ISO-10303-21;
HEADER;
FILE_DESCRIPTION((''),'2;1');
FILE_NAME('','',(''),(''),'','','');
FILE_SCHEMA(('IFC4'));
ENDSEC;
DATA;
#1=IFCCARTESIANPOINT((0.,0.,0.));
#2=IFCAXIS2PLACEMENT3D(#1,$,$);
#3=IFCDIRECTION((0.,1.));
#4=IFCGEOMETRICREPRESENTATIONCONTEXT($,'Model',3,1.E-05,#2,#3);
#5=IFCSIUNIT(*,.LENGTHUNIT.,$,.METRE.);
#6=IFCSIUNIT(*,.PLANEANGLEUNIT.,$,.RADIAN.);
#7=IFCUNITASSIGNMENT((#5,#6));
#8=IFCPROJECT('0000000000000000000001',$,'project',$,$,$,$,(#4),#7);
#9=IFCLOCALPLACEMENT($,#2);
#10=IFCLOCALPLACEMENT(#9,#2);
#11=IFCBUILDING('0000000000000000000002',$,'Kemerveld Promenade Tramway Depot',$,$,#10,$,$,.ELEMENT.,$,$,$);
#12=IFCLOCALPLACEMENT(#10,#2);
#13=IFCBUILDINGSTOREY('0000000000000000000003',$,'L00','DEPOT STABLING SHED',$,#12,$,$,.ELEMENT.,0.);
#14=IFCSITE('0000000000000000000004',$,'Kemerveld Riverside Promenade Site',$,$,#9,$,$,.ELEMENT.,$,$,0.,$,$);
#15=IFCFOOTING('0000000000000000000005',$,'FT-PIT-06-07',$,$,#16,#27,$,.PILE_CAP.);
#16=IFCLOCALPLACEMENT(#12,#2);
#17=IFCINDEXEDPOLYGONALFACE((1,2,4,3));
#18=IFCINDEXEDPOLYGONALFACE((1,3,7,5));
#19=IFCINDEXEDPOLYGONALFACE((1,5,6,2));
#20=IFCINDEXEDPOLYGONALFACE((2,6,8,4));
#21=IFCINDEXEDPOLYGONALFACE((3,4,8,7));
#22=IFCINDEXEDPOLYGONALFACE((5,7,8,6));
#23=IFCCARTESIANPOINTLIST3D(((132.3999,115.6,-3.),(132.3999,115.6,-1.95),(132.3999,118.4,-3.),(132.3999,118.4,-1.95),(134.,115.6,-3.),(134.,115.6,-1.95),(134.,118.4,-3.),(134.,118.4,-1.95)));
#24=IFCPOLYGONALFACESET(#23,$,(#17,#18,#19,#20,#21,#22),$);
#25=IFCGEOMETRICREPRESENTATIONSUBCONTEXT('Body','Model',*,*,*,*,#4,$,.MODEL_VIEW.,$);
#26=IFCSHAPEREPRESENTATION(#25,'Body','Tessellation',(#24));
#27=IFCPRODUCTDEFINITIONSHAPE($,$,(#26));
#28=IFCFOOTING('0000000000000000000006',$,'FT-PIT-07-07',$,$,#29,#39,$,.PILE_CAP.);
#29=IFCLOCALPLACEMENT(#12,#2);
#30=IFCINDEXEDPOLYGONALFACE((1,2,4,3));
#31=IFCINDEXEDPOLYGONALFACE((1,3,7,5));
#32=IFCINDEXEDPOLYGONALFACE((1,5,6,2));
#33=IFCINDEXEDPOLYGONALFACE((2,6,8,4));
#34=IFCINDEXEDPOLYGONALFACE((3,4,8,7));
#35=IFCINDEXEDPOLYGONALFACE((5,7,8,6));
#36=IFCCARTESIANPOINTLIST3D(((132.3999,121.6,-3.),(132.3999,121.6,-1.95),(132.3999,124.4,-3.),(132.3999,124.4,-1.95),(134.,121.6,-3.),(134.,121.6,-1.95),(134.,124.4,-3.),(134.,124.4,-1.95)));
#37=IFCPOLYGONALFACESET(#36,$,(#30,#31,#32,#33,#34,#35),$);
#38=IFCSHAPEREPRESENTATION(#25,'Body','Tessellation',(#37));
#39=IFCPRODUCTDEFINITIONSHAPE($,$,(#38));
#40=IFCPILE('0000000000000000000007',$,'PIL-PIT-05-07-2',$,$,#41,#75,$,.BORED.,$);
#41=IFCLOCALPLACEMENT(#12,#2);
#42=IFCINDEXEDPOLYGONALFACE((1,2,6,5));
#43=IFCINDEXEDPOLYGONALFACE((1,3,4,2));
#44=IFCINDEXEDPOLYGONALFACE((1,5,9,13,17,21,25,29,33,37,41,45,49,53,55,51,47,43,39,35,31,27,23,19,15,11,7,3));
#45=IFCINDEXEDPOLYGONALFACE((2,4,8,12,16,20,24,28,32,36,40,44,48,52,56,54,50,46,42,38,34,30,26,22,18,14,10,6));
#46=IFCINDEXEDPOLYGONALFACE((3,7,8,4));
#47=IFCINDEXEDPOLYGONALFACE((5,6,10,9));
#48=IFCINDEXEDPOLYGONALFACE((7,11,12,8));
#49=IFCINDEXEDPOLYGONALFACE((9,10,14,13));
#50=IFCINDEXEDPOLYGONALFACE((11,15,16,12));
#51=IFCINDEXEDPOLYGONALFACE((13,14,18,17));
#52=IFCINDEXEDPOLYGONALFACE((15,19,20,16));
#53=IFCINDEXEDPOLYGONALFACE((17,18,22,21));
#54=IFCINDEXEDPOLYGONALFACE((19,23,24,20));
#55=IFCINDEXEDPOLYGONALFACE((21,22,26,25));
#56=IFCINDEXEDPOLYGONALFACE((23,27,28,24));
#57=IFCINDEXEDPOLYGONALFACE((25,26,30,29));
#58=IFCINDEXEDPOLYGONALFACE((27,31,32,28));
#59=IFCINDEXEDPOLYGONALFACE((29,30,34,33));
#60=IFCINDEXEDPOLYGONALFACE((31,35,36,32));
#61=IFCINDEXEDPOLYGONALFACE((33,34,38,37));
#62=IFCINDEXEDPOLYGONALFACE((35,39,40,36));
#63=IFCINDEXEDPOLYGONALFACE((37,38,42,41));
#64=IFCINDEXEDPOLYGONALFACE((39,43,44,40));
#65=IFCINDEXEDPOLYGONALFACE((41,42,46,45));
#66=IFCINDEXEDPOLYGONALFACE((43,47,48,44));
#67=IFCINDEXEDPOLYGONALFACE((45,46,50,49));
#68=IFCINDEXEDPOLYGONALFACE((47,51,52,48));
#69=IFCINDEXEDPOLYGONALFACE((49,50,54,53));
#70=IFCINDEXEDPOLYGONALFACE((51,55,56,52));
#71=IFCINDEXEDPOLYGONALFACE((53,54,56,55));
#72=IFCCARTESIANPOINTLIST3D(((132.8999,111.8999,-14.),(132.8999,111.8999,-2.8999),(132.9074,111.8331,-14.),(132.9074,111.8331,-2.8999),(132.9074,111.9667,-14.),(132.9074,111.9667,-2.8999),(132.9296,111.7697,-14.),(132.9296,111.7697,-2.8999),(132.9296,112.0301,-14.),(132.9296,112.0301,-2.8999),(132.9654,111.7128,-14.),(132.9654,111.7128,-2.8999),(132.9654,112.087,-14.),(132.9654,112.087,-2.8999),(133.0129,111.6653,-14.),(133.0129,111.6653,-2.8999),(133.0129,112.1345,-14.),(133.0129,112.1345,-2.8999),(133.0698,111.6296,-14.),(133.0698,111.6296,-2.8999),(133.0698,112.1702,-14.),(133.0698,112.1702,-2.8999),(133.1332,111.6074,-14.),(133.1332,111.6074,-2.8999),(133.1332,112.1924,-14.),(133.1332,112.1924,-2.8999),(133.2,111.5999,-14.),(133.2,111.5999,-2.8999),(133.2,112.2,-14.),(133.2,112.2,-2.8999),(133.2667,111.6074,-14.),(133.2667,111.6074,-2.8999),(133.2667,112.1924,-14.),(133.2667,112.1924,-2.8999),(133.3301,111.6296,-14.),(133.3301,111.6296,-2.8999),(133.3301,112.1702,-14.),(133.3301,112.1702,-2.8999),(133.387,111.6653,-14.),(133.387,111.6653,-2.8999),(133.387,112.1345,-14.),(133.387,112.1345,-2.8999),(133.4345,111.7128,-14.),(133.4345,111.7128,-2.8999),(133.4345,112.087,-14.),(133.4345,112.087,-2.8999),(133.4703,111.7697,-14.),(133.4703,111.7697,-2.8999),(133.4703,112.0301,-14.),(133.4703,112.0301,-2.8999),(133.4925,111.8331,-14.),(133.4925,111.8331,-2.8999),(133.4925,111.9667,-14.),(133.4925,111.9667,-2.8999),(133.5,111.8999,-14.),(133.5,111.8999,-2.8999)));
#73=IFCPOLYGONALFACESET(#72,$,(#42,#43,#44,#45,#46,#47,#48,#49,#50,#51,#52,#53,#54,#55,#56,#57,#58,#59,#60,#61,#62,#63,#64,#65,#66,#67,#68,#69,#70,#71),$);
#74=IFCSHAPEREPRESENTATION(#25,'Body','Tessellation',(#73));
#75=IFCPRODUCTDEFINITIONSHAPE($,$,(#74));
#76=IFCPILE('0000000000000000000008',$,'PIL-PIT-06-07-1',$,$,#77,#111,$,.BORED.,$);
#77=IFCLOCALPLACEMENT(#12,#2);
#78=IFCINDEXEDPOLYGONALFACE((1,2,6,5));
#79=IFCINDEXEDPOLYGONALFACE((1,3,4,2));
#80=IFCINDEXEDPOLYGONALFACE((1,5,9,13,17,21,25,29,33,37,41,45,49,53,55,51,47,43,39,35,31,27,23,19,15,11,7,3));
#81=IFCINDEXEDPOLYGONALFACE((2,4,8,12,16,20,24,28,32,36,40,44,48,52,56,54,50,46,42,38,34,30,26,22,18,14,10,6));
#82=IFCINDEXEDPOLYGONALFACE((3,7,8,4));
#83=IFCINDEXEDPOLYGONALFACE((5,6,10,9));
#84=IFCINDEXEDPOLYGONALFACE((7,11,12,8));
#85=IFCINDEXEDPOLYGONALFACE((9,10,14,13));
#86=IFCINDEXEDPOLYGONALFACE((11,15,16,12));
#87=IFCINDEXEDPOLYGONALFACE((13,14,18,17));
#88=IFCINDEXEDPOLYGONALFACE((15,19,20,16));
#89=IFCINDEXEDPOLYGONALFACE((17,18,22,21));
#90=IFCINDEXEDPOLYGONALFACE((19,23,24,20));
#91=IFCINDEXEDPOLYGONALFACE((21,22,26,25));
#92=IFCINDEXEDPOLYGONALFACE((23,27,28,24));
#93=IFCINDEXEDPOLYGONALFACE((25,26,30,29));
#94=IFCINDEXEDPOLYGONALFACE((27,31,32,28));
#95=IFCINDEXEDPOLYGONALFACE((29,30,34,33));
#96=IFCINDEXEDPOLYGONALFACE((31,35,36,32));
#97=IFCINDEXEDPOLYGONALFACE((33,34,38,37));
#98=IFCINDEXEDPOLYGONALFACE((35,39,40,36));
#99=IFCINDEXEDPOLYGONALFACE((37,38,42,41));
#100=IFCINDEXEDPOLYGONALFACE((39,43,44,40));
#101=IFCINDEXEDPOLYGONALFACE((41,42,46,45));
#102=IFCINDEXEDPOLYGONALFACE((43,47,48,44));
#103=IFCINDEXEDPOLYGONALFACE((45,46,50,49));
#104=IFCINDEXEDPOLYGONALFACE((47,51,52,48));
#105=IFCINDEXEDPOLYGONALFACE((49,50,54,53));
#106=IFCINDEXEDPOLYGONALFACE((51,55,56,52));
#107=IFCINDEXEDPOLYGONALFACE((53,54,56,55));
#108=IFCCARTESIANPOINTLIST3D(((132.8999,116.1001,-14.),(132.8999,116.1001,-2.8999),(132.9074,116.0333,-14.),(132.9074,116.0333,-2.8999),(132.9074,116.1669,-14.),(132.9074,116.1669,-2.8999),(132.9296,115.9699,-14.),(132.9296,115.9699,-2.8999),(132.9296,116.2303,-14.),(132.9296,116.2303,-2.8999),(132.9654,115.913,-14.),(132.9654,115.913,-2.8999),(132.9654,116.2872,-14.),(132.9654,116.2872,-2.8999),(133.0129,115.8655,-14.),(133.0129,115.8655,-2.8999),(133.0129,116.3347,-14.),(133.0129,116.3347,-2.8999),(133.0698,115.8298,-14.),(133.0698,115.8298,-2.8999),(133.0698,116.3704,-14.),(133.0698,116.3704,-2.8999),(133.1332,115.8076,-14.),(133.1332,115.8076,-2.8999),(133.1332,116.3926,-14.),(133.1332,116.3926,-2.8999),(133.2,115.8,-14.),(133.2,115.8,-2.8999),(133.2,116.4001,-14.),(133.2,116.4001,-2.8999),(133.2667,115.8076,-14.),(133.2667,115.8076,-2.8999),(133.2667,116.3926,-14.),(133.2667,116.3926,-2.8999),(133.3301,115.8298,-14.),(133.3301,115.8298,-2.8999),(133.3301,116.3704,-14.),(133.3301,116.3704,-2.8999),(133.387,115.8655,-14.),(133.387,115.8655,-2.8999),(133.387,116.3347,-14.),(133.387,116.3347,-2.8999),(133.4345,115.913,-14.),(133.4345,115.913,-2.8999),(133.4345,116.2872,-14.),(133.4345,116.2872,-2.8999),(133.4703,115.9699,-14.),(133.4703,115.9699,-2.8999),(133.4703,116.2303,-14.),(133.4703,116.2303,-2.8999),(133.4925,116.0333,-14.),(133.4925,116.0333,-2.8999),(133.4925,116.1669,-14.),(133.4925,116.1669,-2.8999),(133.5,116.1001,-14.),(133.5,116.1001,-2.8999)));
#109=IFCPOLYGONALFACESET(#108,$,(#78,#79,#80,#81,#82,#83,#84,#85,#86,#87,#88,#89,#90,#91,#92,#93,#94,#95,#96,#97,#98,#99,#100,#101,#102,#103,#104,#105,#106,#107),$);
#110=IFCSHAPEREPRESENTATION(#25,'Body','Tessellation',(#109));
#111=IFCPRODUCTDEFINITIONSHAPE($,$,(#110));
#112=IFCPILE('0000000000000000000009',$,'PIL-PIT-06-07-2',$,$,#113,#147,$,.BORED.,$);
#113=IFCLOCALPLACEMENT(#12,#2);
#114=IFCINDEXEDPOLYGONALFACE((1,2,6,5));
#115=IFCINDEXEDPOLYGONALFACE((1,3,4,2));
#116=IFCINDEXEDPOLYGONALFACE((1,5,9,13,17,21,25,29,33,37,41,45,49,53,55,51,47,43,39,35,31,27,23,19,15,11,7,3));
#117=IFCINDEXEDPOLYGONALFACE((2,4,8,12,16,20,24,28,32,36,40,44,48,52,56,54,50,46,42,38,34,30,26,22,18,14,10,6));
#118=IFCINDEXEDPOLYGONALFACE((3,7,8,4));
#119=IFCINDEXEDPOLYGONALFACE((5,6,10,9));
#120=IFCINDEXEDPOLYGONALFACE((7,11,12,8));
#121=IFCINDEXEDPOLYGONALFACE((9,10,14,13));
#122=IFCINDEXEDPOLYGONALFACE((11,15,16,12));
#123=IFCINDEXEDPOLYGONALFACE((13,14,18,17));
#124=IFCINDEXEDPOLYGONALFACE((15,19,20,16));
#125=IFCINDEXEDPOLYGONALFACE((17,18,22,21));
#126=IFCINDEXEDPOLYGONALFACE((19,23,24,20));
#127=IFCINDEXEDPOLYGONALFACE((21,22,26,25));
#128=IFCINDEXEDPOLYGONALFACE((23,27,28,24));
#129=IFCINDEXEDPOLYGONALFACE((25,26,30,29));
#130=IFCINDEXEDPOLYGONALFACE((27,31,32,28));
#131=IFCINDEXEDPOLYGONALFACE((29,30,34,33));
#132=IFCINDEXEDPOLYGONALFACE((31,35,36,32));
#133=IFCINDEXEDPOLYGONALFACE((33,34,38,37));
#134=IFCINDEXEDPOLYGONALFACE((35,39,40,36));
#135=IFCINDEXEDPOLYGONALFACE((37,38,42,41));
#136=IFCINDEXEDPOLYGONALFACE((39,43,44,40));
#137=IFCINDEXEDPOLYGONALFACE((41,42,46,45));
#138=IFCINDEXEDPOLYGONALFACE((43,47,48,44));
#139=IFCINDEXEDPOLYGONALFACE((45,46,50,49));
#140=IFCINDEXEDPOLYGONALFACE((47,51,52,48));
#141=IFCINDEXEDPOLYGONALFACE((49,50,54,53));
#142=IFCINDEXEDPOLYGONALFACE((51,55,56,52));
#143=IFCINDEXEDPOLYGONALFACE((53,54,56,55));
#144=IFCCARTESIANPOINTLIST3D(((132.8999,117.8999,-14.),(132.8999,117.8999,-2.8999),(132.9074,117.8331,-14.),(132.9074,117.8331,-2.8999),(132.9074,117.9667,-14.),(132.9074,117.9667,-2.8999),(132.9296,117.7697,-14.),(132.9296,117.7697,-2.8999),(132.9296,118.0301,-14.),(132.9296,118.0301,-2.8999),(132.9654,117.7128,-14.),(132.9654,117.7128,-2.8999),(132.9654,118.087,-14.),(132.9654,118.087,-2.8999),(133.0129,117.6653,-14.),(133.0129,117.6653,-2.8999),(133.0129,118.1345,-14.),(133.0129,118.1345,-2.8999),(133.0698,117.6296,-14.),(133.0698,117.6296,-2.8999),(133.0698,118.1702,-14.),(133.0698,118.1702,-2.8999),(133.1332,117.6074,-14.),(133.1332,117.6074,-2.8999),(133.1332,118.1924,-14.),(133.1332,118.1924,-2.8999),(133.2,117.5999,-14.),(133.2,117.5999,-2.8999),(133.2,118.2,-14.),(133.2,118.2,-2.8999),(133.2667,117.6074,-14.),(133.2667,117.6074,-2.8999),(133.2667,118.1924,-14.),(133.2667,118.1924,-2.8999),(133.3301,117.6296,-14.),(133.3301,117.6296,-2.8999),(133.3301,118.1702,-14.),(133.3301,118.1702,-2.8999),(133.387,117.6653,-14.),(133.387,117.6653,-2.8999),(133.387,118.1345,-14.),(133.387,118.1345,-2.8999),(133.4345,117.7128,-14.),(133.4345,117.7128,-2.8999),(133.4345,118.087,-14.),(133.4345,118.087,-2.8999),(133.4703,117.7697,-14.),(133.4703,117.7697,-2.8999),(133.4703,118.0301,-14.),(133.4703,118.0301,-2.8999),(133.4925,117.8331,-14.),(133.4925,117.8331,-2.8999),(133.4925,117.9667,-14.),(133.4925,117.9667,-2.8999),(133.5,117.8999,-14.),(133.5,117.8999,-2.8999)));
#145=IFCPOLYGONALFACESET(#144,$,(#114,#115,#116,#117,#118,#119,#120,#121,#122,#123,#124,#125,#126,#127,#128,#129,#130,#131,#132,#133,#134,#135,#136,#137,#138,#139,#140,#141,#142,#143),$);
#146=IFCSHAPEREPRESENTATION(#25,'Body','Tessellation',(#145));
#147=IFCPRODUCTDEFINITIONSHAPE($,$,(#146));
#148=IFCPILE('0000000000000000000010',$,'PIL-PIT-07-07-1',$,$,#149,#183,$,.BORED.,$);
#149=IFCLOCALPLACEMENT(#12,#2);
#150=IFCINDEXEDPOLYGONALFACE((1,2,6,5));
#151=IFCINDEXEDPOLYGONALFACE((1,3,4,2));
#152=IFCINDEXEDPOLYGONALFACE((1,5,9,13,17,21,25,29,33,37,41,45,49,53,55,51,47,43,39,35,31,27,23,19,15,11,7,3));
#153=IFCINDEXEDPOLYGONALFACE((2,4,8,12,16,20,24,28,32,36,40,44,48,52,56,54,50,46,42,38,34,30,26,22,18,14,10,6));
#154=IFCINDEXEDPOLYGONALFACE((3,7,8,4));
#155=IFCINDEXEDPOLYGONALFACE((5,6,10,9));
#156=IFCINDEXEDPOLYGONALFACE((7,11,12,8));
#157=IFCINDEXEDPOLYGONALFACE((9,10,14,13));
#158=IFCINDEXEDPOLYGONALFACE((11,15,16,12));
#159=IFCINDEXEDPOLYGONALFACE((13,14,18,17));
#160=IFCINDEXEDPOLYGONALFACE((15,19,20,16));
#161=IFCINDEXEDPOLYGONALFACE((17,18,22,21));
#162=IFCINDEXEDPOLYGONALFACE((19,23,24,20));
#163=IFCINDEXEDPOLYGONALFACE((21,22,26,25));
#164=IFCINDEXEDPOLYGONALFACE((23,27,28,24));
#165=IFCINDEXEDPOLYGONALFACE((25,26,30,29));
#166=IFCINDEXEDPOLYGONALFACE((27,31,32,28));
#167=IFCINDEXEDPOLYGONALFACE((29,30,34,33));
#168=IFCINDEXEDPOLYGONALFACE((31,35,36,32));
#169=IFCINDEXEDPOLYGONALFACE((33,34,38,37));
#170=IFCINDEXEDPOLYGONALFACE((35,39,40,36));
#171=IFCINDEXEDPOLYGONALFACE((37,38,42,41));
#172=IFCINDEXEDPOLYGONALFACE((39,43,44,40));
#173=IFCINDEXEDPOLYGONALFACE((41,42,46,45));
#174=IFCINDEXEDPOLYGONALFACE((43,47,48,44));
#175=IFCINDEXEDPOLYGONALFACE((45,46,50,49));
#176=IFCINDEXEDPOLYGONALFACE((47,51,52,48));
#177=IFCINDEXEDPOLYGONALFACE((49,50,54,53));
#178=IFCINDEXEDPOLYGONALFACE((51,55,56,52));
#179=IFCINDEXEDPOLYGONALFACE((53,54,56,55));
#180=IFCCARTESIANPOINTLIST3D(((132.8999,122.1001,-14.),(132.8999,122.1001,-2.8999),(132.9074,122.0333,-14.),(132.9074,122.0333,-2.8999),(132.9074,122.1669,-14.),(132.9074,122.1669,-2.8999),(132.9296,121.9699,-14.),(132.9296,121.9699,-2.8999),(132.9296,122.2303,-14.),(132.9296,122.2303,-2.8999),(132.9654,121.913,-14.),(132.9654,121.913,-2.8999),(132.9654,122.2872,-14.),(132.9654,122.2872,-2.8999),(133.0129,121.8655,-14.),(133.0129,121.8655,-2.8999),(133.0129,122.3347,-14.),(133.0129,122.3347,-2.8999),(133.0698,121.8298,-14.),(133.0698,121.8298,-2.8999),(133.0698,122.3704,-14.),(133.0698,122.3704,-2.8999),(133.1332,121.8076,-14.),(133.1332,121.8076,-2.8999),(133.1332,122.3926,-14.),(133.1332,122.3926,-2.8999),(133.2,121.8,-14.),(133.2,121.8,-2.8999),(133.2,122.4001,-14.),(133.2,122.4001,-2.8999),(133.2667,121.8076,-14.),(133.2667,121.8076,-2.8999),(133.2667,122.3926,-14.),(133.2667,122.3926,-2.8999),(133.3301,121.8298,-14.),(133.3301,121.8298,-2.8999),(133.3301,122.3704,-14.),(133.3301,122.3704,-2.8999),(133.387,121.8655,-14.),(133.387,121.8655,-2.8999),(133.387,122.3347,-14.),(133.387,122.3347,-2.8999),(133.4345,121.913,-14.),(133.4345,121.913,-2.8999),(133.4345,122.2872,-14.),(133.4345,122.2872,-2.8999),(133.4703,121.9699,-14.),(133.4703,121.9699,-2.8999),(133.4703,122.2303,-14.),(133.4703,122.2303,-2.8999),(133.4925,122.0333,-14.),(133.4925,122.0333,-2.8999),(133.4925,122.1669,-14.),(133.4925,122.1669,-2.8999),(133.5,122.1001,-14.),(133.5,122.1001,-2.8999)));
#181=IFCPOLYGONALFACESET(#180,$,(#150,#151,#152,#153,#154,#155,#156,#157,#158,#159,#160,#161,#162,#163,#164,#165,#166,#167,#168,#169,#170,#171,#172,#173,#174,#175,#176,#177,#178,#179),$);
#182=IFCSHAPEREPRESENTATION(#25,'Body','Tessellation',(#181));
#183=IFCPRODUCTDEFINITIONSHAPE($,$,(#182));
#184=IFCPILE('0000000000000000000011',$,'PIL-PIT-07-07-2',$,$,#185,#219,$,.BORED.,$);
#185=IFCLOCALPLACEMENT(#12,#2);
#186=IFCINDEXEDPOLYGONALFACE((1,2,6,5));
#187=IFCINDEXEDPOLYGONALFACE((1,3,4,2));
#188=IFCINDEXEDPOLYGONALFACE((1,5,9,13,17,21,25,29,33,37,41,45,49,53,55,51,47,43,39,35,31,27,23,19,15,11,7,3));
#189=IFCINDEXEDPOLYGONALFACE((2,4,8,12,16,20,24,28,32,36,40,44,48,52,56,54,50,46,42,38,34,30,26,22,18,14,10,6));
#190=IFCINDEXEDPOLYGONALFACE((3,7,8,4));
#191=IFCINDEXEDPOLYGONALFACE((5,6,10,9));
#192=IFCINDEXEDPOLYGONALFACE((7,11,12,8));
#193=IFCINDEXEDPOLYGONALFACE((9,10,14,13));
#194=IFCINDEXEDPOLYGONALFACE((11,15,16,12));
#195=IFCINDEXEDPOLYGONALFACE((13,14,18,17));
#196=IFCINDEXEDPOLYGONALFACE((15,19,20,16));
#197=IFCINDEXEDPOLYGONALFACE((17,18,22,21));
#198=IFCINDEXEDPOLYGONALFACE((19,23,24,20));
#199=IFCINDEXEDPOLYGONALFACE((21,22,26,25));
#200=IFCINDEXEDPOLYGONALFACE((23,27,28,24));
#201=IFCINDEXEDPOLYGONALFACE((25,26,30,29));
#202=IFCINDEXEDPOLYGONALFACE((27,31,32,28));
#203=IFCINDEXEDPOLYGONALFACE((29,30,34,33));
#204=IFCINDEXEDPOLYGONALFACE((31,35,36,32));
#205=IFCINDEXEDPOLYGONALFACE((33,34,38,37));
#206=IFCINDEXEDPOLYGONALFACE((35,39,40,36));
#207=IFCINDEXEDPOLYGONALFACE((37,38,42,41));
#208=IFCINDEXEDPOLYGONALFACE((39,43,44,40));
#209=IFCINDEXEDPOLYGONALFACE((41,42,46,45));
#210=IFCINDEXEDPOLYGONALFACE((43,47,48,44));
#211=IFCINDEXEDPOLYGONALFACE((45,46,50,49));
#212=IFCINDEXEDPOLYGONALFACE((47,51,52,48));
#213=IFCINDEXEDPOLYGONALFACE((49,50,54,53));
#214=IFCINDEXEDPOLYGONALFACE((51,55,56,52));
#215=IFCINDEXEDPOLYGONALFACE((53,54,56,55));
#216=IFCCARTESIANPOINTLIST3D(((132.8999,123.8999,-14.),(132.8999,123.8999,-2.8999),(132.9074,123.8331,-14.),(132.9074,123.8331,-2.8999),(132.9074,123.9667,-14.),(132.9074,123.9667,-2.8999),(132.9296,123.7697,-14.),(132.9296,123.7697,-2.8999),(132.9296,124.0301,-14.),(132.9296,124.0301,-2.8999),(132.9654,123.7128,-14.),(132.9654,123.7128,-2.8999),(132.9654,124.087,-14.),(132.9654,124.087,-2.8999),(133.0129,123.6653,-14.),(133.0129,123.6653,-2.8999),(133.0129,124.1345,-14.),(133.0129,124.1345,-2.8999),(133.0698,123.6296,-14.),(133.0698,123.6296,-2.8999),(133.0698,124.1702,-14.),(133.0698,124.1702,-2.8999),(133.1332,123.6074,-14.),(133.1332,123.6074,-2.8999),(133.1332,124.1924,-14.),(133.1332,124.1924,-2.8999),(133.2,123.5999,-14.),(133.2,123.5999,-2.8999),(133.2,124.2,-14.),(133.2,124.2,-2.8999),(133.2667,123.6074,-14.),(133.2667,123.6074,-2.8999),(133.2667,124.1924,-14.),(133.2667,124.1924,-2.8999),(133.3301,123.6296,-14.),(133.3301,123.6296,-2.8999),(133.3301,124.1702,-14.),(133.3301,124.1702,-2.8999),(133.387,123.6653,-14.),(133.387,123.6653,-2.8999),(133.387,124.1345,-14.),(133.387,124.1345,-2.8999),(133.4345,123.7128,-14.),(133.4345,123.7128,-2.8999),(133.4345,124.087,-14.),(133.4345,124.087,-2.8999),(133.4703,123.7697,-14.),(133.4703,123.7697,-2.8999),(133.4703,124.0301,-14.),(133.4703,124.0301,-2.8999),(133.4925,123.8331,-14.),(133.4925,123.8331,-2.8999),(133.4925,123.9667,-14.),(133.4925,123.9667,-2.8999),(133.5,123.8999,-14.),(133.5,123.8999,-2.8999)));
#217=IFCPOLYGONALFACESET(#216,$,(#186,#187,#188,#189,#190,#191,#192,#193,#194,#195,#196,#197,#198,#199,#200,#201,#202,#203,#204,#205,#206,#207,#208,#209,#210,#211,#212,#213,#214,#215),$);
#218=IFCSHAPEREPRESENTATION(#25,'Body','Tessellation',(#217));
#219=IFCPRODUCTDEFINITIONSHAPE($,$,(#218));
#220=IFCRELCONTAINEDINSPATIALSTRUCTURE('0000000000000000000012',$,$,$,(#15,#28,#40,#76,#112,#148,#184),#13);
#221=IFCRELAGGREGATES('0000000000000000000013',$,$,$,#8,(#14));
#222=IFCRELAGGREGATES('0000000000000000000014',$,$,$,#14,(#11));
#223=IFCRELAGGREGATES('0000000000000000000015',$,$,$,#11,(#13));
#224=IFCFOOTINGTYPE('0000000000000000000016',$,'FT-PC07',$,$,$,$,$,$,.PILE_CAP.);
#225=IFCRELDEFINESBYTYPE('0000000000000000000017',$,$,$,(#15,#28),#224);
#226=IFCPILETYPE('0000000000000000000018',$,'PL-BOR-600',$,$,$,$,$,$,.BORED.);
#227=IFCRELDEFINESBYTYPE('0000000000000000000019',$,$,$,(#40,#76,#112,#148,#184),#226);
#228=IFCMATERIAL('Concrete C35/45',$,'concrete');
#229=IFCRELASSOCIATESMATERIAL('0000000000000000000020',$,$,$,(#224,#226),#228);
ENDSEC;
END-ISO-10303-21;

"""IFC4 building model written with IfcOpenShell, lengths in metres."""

from ifc_helpers import new_model, si_unit, direction, frame, origin, origin_2d, place, context, subcontext, project, spatial, rectangle, circle, extrude, material, material_profile, profile_set, type_object, element, save


model = new_model("IFC4")

# Units and contexts
model_context = context("Model", 3, precision=1e-05, world=origin(), true_north=direction((0.0, 1.0)))
body_context = subcontext(model_context, "Body", "Model", "MODEL_VIEW")
ifc_project = project(units=[si_unit("LENGTHUNIT", "METRE"), si_unit("PLANEANGLEUNIT", "RADIAN")], contexts=[model_context])

# Site, building, storey
site_placement = place(None, origin())
site = spatial("IfcSite", under=ifc_project, at=site_placement, Name="Kemerveld Riverside Promenade Site", CompositionType="ELEMENT", RefElevation=0.0)
building_placement = place(site_placement, origin())
building = spatial("IfcBuilding", under=site, at=building_placement, Name="Kemerveld Promenade Tramway Depot", CompositionType="ELEMENT")
storey_placement = place(building_placement, origin())
storey = spatial("IfcBuildingStorey", under=building, at=storey_placement, Name="L00", Description="DEPOT STABLING SHED", CompositionType="ELEMENT", Elevation=0.0)

# Footings
ifc_material_1 = material(Name="Concrete C35/45", Category="concrete")
footing_type = type_object("IfcFootingType", Name="FT-PC07", PredefinedType="PILE_CAP", material=ifc_material_1)
for number, where, z_axis, x_axis, name in (
    (1, (133.2, 117.0, -3.0), (0.0, 0.0, 1.0), (1.0, 0.0, 0.0), "FT-PIT-06-07"),
    (2, (133.2, 123.0, -3.0), (0.0, 0.0, 1.0), (1.0, 0.0, 0.0), "FT-PIT-07-07"),
):
    element("IfcFooting", number, at=place(storey_placement, frame(where, z_axis=z_axis, x_axis=x_axis)), inside=storey, type_object=footing_type, Name=name, PredefinedType="PILE_CAP", context=body_context, shape_type="SweptSolid", body=[
        extrude(rectangle(XDim=1.6001, YDim=2.8, at=origin_2d()), origin(), (0.0, 0.0, 1.0), 1.05),
    ])

# Piles
ifc_material_profile_1 = material_profile(ifc_material_1, circle(Radius=0.3, at=origin_2d()), Name="PILE-D600")
ifc_profile_set_1 = profile_set([ifc_material_profile_1], Name="Concrete C35/45")
pile_type = type_object("IfcPileType", Name="PL-BOR-600", PredefinedType="BORED", material=ifc_profile_set_1)
for number, where, z_axis, x_axis, name in (
    (3, (133.2, 111.8999, -2.8999), (0.0, 0.0, -1.0), (1.0, 0.0, 0.0), "PIL-PIT-05-07-2"),
    (4, (133.2, 116.1001, -2.8999), (0.0, 0.0, -1.0), (1.0, 0.0, 0.0), "PIL-PIT-06-07-1"),
    (5, (133.2, 117.8999, -2.8999), (0.0, 0.0, -1.0), (1.0, 0.0, 0.0), "PIL-PIT-06-07-2"),
    (6, (133.2, 122.1001, -2.8999), (0.0, 0.0, -1.0), (1.0, 0.0, 0.0), "PIL-PIT-07-07-1"),
    (7, (133.2, 123.8999, -2.8999), (0.0, 0.0, -1.0), (1.0, 0.0, 0.0), "PIL-PIT-07-07-2"),
):
    element("IfcPile", number, at=place(storey_placement, frame(where, z_axis=z_axis, x_axis=x_axis)), inside=storey, type_object=pile_type, Name=name, PredefinedType="BORED", context=body_context, shape_type="SweptSolid", body=[
        extrude(circle(Radius=0.3, at=origin_2d()), origin(), (0.0, 0.0, 1.0), 11.1001),
    ])

save(model, "model.ifc")
